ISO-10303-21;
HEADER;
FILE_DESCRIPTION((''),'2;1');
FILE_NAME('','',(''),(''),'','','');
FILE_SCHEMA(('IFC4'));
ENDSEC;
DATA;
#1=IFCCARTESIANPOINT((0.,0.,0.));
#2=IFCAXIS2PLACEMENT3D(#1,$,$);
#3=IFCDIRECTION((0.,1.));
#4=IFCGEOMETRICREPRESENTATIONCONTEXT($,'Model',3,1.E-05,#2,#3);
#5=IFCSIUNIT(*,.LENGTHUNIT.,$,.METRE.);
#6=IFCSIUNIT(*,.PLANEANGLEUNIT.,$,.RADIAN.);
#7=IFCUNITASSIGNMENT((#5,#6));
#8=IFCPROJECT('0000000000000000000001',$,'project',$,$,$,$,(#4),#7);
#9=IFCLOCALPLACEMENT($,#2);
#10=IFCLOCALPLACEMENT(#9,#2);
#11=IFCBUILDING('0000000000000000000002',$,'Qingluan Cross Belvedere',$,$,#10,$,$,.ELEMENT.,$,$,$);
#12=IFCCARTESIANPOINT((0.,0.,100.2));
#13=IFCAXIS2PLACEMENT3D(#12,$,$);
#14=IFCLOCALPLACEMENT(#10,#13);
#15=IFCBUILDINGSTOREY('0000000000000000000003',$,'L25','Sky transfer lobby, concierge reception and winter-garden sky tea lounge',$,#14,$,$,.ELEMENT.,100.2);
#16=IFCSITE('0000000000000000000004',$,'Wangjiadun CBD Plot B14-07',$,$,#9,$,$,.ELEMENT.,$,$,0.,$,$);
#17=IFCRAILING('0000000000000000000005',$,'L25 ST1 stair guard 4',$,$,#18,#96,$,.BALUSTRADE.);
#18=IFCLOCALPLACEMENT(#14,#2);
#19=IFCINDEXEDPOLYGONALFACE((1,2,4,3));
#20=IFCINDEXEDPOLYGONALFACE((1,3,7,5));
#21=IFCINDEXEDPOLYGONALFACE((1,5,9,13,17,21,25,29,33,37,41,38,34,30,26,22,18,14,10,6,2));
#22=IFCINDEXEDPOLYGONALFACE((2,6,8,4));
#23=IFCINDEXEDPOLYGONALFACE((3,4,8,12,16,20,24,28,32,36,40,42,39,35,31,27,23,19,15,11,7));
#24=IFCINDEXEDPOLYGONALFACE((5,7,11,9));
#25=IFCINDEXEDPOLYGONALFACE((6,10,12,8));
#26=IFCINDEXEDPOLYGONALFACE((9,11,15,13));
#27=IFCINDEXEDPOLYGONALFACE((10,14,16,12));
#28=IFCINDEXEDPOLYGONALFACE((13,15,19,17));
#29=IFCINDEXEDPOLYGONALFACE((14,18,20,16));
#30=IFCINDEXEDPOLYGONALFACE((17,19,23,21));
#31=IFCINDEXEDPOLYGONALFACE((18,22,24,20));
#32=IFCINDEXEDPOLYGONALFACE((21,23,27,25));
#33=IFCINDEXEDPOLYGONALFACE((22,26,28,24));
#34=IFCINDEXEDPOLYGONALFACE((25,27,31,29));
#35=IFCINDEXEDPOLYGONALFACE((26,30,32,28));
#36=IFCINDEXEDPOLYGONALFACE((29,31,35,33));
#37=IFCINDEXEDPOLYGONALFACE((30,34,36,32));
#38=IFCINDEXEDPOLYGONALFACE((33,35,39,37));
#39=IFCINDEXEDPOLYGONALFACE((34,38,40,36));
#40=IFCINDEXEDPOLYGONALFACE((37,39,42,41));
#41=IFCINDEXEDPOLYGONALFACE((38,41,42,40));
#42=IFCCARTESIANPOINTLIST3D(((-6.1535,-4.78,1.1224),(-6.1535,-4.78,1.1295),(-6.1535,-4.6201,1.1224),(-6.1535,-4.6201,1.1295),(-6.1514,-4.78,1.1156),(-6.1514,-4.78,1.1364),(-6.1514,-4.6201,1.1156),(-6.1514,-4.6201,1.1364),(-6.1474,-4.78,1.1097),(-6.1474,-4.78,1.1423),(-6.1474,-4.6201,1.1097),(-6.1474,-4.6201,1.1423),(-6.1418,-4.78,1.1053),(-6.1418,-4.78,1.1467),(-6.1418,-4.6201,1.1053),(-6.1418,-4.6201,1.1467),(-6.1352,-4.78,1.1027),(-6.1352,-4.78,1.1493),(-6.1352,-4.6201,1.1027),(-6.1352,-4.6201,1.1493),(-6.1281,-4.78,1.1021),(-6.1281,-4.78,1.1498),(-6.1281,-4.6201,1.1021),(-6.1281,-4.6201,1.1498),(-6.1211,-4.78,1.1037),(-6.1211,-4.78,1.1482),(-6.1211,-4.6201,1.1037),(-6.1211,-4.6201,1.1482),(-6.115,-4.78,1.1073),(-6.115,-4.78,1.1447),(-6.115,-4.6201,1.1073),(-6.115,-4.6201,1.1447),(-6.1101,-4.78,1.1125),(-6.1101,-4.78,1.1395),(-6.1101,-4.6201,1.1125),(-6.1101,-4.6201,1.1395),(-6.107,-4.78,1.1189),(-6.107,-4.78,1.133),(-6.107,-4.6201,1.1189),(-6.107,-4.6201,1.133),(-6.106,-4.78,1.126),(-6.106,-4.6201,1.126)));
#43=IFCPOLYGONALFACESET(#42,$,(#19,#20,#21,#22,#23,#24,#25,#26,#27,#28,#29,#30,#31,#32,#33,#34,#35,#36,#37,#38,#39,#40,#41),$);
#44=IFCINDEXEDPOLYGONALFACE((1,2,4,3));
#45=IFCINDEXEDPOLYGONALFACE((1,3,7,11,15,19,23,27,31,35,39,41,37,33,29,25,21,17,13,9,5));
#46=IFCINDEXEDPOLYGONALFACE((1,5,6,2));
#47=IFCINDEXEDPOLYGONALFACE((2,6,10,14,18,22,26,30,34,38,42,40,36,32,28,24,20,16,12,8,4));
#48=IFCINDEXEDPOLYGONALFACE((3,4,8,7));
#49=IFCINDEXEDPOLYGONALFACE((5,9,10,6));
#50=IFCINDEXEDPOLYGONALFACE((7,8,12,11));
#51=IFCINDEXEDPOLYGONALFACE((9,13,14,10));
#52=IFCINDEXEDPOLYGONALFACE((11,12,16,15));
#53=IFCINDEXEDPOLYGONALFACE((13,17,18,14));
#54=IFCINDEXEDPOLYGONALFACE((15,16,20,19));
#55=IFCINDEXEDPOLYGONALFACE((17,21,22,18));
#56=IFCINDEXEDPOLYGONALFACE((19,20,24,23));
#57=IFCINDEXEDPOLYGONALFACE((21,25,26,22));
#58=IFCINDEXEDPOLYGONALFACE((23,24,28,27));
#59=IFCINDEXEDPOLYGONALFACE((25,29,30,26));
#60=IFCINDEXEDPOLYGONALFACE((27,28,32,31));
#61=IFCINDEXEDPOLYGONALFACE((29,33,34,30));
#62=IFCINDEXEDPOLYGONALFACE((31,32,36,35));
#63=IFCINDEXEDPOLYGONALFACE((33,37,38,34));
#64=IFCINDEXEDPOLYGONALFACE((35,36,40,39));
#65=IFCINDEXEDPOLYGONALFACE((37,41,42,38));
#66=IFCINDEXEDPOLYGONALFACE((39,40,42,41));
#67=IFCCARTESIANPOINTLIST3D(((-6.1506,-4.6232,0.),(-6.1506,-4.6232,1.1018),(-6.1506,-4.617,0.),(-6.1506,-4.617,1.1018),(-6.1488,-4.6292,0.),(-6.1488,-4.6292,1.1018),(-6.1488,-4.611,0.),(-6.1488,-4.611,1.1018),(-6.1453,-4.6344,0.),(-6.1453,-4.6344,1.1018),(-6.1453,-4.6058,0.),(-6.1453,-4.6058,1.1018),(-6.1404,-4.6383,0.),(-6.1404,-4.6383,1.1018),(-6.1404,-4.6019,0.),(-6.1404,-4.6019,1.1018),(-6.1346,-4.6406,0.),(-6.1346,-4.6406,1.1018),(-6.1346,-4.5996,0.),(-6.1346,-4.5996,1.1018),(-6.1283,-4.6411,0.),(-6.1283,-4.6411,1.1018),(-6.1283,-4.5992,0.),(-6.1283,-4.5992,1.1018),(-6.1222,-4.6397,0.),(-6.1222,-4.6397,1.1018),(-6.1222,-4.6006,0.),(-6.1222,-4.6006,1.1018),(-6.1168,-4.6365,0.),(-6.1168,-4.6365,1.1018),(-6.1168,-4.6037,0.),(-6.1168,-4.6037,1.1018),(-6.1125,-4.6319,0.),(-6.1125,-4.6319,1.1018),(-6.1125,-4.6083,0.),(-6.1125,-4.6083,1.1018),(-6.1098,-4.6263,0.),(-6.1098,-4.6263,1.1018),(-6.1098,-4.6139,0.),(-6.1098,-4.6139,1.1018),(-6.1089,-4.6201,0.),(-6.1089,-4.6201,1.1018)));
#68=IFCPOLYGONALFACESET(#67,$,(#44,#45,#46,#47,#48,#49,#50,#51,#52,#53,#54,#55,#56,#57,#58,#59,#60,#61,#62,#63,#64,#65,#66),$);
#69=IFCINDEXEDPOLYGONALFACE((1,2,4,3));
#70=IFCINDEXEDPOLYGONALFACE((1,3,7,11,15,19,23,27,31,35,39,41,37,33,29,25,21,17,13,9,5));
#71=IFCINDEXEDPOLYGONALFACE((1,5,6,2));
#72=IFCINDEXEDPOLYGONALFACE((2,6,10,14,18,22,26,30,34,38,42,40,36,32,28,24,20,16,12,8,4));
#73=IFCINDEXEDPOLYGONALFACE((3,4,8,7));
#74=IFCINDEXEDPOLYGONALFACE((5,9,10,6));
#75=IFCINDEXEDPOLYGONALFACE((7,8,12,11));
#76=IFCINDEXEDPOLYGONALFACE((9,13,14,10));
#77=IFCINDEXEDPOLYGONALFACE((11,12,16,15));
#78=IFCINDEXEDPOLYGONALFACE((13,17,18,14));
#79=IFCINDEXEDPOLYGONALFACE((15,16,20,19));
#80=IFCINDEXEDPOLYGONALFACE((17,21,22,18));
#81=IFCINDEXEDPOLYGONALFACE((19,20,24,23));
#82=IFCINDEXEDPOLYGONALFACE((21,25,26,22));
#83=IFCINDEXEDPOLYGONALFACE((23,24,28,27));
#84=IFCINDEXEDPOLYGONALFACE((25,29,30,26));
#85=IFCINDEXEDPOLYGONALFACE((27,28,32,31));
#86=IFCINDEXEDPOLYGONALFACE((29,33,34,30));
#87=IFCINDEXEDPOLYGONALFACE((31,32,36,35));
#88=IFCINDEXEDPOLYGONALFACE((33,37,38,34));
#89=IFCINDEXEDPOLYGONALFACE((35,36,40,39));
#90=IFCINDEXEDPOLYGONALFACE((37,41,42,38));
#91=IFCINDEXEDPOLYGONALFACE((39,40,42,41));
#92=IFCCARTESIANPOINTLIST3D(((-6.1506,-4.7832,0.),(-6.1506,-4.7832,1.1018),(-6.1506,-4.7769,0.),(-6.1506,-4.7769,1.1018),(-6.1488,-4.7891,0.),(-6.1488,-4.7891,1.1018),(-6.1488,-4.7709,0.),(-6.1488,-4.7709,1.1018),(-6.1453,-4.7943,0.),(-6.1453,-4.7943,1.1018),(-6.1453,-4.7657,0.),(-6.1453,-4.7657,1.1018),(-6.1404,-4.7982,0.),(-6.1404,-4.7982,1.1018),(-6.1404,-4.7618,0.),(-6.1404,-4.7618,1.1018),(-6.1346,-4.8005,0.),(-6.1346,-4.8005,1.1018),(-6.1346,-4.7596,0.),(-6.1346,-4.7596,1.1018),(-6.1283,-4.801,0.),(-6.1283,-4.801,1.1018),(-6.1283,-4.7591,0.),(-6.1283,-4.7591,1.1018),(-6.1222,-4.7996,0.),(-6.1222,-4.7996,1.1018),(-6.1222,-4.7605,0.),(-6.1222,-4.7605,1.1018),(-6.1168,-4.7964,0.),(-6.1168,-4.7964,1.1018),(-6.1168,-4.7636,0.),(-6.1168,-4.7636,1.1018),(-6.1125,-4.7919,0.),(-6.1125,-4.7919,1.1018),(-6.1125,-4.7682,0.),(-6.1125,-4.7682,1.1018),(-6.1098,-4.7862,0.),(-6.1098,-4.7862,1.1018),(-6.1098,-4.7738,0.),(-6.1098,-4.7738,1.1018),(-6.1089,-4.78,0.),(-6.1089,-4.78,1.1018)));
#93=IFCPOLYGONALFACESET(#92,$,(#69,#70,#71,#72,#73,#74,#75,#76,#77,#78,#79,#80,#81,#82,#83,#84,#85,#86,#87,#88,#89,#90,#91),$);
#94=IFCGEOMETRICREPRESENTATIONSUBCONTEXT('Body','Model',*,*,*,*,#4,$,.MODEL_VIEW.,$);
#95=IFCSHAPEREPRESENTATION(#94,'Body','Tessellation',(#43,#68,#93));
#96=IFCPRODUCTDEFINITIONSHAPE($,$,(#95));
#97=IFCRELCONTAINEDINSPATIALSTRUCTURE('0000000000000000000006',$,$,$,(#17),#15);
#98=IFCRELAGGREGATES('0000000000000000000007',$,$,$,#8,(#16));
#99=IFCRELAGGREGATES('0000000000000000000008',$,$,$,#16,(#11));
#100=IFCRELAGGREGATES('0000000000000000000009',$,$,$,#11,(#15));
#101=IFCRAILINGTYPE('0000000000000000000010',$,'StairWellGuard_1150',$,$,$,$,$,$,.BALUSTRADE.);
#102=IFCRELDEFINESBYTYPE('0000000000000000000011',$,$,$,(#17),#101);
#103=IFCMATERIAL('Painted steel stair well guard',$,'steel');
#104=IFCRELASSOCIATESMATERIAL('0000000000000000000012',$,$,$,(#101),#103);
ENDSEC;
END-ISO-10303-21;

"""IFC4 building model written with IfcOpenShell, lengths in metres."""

from ifc_helpers import new_model, si_unit, direction, frame, origin, origin_2d, place, context, subcontext, project, spatial, circle, extrude, material, type_object, element, save


model = new_model("IFC4")

# Units and contexts
model_context = context("Model", 3, precision=1e-05, world=origin(), true_north=direction((0.0, 1.0)))
body_context = subcontext(model_context, "Body", "Model", "MODEL_VIEW")
ifc_project = project(units=[si_unit("LENGTHUNIT", "METRE"), si_unit("PLANEANGLEUNIT", "RADIAN")], contexts=[model_context])

# Site, building, storey
site_placement = place(None, origin())
site = spatial("IfcSite", under=ifc_project, at=site_placement, Name="Wangjiadun CBD Plot B14-07", CompositionType="ELEMENT", RefElevation=0.0)
building_placement = place(site_placement, origin())
building = spatial("IfcBuilding", under=site, at=building_placement, Name="Qingluan Cross Belvedere", CompositionType="ELEMENT")
storey_placement = place(building_placement, frame((0.0, 0.0, 100.2)))
storey = spatial("IfcBuildingStorey", under=building, at=storey_placement, Name="L25", Description="Sky transfer lobby, concierge reception and winter-garden sky tea lounge", CompositionType="ELEMENT", Elevation=100.2)

# Railing
ifc_material_1 = material(Name="Painted steel stair well guard", Category="steel")
railing_type_1 = type_object("IfcRailingType", Name="StairWellGuard_1150", PredefinedType="BALUSTRADE", material=ifc_material_1)
railing_1_placement = place(storey_placement, frame((-6.1299, -4.6201, 0.0)))
element("IfcRailing", 1, at=railing_1_placement, inside=storey, type_object=railing_type_1, Name="L25 ST1 stair guard 4", PredefinedType="BALUSTRADE", context=body_context, shape_type="SweptSolid", body=[
    extrude(circle(Radius=0.0239, at=origin_2d()), frame((0.0, 0.0, 1.126), z_axis=(0.0, -1.0, 0.0), x_axis=(1.0, 0.0, 0.0)), (0.0, 0.0, 1.0), 0.1599),
    extrude(circle(Radius=0.021, at=origin_2d()), origin(), (0.0, 0.0, 1.0), 1.1018),
    extrude(circle(Radius=0.021, at=origin_2d()), frame((0.0, -0.1599, 0.0)), (0.0, 0.0, 1.0), 1.1018),
])

save(model, "model.ifc")
